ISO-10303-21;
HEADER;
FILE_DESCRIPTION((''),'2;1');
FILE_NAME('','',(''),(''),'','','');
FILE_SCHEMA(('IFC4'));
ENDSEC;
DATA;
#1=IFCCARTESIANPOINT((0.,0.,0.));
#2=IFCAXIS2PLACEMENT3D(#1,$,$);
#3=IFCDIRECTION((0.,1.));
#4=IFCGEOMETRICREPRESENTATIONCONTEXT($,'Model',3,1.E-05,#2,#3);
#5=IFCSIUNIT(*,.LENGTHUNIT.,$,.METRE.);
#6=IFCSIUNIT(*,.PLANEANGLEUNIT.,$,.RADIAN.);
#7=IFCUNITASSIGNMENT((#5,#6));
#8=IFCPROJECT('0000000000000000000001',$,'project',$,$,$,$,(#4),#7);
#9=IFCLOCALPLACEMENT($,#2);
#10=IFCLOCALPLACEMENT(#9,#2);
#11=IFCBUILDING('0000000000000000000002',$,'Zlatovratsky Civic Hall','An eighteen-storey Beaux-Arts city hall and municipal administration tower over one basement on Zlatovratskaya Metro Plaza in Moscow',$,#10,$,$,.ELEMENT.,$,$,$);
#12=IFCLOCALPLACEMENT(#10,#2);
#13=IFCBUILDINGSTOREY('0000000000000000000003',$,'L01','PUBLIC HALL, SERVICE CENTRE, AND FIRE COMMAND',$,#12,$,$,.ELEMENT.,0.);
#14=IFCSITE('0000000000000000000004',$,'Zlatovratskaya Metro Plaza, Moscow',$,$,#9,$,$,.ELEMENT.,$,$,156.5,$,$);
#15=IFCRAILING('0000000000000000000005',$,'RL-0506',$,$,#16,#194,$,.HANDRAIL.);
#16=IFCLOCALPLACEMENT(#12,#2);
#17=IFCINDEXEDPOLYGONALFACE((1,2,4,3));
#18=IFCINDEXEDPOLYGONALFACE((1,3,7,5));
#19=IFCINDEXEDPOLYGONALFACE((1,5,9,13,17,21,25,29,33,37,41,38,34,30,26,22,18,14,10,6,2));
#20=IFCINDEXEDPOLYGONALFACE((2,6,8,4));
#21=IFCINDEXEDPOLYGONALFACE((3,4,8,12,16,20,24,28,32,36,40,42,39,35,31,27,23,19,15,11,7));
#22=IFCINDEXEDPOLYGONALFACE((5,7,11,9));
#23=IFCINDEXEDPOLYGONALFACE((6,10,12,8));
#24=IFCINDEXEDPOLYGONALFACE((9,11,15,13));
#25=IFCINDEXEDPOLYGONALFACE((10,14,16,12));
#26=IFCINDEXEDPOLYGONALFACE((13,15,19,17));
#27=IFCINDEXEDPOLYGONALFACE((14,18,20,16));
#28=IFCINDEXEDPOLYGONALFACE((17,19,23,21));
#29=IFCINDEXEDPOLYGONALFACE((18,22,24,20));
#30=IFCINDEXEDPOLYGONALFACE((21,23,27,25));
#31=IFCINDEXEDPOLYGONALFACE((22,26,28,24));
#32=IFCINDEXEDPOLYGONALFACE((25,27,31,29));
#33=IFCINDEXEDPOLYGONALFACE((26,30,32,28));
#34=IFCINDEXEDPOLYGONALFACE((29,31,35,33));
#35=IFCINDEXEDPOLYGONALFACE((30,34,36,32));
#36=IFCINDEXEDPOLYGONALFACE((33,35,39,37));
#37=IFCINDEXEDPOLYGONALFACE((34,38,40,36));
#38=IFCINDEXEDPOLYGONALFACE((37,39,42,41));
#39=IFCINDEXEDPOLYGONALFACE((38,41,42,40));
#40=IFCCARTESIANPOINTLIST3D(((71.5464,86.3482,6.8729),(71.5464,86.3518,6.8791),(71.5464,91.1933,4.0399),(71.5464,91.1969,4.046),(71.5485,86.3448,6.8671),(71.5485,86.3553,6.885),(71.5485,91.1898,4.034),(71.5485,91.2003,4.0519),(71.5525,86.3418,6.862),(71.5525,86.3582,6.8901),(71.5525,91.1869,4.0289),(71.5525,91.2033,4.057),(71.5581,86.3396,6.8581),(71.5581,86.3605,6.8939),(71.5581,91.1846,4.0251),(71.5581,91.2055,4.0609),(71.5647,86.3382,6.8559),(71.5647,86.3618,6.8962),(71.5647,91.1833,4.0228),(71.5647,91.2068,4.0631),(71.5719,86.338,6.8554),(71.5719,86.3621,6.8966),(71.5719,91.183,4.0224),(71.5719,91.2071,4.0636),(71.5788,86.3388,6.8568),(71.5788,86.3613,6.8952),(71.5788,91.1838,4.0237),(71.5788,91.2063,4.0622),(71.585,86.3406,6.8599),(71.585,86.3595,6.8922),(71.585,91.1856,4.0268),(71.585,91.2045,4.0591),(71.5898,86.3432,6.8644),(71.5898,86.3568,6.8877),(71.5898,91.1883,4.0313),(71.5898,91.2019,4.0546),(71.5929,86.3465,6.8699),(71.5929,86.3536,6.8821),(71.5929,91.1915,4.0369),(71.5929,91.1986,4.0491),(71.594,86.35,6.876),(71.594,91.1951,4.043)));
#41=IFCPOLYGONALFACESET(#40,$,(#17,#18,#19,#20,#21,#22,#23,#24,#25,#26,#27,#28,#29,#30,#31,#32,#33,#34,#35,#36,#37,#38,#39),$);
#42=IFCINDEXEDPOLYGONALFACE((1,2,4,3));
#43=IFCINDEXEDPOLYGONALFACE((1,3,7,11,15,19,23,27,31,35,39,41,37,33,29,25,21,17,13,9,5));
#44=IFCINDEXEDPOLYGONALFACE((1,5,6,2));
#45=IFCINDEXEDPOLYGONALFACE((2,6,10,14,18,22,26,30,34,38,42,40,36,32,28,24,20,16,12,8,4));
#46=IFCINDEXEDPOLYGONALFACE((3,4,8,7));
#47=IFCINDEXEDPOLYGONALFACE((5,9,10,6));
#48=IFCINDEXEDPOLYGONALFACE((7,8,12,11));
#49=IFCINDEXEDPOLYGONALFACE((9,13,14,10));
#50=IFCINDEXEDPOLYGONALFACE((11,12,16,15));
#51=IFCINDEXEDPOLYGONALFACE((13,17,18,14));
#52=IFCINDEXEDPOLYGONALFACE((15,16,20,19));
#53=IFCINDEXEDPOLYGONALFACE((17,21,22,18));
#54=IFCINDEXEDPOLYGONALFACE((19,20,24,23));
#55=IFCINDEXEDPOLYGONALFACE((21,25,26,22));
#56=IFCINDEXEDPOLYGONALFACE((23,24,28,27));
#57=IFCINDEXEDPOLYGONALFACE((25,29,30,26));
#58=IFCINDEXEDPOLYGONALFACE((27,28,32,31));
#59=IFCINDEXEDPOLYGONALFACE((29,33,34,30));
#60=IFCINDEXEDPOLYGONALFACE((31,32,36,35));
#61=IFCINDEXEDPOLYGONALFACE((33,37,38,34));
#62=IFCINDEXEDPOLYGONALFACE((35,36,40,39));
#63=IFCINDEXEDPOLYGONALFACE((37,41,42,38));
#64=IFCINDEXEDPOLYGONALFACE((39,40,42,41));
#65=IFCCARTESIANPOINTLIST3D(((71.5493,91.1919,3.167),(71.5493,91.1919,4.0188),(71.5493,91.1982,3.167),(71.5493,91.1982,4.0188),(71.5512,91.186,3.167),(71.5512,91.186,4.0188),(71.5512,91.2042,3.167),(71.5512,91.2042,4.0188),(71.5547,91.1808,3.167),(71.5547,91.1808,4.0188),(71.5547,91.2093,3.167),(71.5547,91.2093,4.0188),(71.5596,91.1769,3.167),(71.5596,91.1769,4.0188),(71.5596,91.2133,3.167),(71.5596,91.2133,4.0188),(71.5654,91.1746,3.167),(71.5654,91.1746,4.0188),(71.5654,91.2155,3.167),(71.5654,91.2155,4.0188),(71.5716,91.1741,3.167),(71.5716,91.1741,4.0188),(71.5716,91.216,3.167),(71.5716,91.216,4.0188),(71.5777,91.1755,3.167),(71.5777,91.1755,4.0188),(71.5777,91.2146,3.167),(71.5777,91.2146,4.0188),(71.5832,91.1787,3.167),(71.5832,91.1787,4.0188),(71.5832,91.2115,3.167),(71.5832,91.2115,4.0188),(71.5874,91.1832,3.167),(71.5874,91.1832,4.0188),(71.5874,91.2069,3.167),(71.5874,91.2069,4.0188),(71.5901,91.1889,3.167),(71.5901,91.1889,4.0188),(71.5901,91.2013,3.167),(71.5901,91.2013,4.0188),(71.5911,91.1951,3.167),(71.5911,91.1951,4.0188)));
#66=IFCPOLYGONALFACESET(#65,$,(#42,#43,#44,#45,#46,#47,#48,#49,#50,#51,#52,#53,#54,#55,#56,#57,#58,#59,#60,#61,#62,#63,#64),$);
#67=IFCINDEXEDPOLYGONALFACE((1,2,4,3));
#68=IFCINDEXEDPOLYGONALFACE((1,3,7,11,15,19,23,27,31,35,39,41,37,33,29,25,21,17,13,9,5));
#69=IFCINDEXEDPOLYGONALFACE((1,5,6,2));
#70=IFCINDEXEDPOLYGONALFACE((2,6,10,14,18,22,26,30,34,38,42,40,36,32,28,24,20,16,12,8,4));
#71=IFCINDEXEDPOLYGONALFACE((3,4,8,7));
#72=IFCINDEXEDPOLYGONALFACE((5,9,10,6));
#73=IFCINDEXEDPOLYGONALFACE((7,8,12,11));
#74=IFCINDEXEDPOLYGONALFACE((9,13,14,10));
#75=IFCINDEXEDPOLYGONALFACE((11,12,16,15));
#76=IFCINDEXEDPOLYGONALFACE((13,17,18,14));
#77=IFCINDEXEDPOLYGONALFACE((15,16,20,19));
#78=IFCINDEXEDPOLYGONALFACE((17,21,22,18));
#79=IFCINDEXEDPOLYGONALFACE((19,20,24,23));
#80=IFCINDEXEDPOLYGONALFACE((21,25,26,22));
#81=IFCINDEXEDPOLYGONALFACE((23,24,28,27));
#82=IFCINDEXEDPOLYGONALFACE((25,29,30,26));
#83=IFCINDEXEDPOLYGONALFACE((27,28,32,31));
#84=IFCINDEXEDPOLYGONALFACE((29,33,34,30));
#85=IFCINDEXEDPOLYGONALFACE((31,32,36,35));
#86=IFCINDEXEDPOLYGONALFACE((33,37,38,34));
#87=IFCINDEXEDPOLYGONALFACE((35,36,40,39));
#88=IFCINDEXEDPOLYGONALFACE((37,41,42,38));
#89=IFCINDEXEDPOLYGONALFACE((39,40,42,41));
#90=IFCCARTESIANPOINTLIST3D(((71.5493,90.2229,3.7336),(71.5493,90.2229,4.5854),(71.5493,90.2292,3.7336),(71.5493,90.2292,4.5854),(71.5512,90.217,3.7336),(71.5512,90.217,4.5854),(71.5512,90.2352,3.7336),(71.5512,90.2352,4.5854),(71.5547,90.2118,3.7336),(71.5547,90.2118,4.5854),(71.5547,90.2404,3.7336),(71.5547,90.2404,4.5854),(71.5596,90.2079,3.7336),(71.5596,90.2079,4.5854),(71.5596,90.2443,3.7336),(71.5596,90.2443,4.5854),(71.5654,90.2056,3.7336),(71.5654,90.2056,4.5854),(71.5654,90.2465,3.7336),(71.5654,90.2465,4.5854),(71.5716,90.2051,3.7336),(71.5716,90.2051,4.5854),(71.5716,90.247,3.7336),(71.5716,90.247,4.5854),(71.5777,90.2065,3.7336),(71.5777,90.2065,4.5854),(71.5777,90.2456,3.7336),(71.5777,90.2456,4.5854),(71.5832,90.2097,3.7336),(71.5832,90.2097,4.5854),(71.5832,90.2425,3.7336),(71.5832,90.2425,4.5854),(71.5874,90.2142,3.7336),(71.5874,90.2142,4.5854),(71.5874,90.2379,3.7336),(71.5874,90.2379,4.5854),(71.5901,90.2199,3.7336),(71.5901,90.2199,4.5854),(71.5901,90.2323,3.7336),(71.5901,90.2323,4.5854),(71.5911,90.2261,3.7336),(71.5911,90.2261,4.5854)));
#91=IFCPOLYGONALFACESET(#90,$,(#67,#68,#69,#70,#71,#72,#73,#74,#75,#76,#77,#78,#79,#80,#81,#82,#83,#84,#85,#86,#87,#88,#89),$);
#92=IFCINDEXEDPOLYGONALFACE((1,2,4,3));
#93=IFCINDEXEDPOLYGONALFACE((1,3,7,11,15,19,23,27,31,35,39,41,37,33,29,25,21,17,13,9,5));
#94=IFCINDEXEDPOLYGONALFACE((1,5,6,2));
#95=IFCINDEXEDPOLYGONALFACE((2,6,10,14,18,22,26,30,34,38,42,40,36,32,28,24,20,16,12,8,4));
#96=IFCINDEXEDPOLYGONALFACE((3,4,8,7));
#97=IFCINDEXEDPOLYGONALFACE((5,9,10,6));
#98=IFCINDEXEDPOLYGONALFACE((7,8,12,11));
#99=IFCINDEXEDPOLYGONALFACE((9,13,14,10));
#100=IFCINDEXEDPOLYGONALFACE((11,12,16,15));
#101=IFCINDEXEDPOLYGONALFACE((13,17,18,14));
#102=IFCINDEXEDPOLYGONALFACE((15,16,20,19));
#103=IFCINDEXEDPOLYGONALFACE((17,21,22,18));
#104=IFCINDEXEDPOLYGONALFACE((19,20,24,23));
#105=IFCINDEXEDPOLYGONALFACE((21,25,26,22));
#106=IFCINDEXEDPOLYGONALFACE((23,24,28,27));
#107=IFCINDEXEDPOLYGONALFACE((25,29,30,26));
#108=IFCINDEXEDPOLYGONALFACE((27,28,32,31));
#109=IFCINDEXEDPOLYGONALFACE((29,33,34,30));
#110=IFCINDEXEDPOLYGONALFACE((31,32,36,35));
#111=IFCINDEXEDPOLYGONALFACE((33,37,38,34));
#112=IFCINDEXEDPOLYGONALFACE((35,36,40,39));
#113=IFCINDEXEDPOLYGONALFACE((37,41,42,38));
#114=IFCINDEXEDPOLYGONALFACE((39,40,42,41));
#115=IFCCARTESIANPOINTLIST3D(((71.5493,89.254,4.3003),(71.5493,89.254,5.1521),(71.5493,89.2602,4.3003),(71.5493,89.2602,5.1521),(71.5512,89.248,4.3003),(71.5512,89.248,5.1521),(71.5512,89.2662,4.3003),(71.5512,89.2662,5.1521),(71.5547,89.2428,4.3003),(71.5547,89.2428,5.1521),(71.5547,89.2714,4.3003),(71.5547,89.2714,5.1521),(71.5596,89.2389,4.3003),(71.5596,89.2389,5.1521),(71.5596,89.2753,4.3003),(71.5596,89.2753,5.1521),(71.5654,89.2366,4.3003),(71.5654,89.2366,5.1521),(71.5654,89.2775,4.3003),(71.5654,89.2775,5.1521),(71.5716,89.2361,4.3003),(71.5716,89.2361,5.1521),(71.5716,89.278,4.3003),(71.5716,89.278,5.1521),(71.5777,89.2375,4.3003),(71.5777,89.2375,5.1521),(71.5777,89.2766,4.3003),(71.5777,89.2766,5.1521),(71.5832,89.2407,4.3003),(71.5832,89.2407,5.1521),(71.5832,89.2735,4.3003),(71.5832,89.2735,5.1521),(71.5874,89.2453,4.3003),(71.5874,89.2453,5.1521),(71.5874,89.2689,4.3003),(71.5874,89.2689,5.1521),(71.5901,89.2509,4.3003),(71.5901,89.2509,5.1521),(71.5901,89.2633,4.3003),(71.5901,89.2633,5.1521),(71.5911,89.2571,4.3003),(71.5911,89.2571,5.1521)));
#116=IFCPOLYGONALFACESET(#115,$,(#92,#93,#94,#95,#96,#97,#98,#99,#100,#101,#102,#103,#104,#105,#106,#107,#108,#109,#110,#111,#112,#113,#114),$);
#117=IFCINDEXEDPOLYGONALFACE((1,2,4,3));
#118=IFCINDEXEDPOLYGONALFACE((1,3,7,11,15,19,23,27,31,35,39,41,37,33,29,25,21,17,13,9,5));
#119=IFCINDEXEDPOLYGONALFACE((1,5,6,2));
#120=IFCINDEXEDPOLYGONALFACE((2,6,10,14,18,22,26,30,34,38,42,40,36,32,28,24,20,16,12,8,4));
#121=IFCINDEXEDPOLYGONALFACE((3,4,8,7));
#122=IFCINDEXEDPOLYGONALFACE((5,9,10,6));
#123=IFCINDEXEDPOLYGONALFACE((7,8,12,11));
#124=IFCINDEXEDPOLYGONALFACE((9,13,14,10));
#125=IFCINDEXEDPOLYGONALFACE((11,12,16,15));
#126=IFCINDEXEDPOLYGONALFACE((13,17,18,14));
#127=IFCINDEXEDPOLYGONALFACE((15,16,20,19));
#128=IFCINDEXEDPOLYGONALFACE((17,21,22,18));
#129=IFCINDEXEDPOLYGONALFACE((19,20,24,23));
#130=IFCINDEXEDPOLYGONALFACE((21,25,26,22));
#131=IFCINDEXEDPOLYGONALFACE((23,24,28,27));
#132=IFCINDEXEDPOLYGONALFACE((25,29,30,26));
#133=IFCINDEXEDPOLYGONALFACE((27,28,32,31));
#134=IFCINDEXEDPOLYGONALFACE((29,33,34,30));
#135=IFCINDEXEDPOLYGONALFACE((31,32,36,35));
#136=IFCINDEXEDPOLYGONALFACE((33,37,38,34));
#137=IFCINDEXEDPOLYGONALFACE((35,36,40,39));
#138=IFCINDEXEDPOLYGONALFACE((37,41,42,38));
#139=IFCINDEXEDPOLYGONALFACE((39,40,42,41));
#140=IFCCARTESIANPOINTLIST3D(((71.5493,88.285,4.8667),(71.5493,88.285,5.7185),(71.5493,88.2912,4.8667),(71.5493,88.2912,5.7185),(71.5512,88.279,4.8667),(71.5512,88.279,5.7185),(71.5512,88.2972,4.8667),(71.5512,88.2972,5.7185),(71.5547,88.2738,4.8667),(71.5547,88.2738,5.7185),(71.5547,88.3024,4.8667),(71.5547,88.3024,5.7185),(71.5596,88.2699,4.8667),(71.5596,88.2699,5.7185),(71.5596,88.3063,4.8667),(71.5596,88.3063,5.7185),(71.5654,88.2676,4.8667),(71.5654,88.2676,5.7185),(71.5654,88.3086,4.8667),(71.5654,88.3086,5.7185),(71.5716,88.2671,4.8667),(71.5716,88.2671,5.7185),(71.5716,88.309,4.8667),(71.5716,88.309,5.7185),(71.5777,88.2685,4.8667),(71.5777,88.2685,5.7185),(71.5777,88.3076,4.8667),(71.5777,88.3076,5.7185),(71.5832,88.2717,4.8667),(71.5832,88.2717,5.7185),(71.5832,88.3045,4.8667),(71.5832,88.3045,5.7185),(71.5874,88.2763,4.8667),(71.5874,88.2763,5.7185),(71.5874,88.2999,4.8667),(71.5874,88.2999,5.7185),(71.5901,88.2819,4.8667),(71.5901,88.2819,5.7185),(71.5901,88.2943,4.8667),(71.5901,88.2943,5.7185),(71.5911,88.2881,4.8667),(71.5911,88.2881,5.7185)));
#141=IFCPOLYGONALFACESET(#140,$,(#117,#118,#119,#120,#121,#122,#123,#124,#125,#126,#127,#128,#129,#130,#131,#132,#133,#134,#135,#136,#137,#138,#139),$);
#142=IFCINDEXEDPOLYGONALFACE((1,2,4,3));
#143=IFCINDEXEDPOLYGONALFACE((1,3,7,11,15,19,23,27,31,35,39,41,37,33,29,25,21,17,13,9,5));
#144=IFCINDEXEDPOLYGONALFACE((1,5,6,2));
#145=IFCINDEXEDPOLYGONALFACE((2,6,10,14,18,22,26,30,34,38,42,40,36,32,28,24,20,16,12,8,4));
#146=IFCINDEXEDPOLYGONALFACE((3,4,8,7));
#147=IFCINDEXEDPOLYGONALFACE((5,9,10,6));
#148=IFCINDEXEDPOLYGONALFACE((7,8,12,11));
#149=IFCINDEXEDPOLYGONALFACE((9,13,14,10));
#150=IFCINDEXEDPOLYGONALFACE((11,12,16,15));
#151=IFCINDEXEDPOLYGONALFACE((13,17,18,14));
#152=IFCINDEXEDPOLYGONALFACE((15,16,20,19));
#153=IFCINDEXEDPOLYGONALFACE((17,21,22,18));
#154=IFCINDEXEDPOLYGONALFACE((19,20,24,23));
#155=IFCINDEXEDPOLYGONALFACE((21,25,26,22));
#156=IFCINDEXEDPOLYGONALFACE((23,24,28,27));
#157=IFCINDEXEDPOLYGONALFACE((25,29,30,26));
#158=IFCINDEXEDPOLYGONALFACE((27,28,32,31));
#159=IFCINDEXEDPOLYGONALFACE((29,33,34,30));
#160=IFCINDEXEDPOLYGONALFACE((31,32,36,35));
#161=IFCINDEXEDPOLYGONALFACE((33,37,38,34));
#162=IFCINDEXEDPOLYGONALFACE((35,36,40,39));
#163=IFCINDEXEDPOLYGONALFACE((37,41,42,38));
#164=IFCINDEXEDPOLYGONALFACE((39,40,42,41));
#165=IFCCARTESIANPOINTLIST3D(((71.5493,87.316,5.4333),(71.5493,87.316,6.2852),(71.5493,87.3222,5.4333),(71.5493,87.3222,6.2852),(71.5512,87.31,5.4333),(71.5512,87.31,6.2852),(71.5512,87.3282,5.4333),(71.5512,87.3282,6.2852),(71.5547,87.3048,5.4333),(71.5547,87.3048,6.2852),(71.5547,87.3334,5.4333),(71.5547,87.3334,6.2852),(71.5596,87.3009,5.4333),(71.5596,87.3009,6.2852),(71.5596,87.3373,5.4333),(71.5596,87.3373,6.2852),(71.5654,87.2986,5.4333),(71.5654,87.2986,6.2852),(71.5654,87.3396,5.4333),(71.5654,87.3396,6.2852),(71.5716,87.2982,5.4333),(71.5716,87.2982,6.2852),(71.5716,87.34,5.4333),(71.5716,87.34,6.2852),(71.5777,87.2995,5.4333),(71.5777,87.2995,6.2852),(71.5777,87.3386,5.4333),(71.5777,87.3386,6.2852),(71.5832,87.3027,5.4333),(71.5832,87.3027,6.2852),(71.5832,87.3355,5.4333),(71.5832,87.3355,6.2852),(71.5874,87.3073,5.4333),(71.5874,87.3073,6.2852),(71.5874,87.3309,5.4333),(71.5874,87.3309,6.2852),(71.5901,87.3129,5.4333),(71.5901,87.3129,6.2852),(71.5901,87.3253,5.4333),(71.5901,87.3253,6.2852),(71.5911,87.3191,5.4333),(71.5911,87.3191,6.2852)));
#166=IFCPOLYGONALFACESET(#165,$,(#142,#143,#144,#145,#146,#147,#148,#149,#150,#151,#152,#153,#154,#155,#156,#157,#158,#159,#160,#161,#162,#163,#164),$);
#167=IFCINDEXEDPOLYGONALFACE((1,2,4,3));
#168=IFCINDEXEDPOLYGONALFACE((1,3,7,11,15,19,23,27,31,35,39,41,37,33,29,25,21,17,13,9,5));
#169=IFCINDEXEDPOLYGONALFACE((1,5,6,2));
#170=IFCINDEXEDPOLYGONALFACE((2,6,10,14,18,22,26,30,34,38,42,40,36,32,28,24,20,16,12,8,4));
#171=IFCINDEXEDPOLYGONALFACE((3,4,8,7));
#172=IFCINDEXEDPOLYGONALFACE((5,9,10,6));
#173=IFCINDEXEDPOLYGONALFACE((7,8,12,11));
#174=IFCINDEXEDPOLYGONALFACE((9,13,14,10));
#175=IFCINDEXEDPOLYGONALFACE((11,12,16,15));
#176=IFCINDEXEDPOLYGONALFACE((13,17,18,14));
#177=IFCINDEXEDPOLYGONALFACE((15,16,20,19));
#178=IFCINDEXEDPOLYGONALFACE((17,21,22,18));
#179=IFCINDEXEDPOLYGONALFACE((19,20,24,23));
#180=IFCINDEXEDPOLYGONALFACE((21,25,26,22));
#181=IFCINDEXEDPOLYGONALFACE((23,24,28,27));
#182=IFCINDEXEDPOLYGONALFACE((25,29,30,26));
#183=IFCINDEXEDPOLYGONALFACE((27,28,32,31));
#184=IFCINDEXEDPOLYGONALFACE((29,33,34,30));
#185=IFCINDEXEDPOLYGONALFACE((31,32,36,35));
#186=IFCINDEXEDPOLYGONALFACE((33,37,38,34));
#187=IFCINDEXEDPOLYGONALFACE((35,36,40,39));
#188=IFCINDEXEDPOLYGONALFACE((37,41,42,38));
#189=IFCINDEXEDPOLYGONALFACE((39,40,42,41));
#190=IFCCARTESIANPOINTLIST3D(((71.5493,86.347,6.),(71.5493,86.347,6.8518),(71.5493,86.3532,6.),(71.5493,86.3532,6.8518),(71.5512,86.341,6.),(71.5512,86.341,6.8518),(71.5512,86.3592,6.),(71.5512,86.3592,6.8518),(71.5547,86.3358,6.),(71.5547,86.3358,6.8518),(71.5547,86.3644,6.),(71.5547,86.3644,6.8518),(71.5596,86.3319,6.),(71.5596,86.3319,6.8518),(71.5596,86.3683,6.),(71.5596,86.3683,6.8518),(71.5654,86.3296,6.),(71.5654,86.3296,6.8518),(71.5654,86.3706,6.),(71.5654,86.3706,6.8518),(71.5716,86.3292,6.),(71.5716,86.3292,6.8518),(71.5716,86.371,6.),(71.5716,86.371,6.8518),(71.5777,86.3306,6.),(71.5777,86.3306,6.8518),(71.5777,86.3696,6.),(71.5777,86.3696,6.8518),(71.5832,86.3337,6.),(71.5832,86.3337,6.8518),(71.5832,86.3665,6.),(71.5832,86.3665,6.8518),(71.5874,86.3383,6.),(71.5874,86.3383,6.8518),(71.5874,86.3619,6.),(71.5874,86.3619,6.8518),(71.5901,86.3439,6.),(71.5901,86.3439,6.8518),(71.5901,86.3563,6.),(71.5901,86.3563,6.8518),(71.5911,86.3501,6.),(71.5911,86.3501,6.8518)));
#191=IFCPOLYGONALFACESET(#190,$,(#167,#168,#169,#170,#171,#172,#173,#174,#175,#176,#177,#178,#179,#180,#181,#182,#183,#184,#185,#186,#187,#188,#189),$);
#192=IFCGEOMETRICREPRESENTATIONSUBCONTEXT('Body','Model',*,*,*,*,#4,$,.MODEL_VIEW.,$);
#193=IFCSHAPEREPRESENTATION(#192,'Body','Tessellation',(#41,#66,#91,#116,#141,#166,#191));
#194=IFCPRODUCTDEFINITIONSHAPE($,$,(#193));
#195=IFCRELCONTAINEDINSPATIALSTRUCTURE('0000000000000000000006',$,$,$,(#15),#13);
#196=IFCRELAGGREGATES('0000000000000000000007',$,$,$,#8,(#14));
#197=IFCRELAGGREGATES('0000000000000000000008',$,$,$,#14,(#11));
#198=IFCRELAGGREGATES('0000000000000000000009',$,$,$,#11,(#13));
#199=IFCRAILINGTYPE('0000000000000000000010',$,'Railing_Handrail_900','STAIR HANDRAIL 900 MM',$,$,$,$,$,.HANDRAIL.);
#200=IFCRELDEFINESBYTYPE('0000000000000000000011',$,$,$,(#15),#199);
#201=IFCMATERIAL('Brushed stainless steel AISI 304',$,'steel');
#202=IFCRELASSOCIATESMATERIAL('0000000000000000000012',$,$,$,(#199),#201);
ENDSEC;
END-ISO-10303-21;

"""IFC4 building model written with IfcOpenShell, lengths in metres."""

from ifc_helpers import new_model, si_unit, direction, frame, origin, origin_2d, place, context, subcontext, project, spatial, circle, extrude, material, type_object, element, save


model = new_model("IFC4")

# Units and contexts
model_context = context("Model", 3, precision=1e-05, world=origin(), true_north=direction((0.0, 1.0)))
body_context = subcontext(model_context, "Body", "Model", "MODEL_VIEW")
ifc_project = project(units=[si_unit("LENGTHUNIT", "METRE"), si_unit("PLANEANGLEUNIT", "RADIAN")], contexts=[model_context])

# Site, building, storey
site_placement = place(None, origin())
site = spatial("IfcSite", under=ifc_project, at=site_placement, Name="Zlatovratskaya Metro Plaza, Moscow", CompositionType="ELEMENT", RefElevation=156.5)
building_placement = place(site_placement, origin())
building = spatial("IfcBuilding", under=site, at=building_placement, Name="Zlatovratsky Civic Hall", Description="An eighteen-storey Beaux-Arts city hall and municipal administration tower over one basement on Zlatovratskaya Metro Plaza in Moscow", CompositionType="ELEMENT")
storey_placement = place(building_placement, origin())
storey = spatial("IfcBuildingStorey", under=building, at=storey_placement, Name="L01", Description="PUBLIC HALL, SERVICE CENTRE, AND FIRE COMMAND", CompositionType="ELEMENT", Elevation=0.0)

# Shared definitions
ifc_material_1 = material(Name="Brushed stainless steel AISI 304", Category="steel")

# Railing
railing_type = type_object("IfcRailingType", Name="Railing_Handrail_900", Description="STAIR HANDRAIL 900 MM", PredefinedType="HANDRAIL", material=ifc_material_1)
railing_placement = place(storey_placement, frame((71.5701, 91.1951, 3.167)))
element("IfcRailing", 1, at=railing_placement, inside=storey, type_object=railing_type, Name="RL-0506", PredefinedType="HANDRAIL", context=body_context, shape_type="SweptSolid", body=[
    extrude(circle(Radius=0.0239, at=origin_2d()), frame((0.0, 0.0, 0.876), z_axis=(0.0, -0.863253, 0.504771), x_axis=(1.0, 0.0, 0.0)), (0.0, 0.0, 1.0), 5.6125),
    extrude(circle(Radius=0.021, at=origin_2d()), origin(), (0.0, 0.0, 1.0), 0.8518),
    extrude(circle(Radius=0.021, at=origin_2d()), frame((0.0, -0.969, 0.5667)), (0.0, 0.0, 1.0), 0.8518),
    extrude(circle(Radius=0.021, at=origin_2d()), frame((0.0, -1.938, 1.1333)), (0.0, 0.0, 1.0), 0.8518),
    extrude(circle(Radius=0.021, at=origin_2d()), frame((0.0, -2.907, 1.6997)), (0.0, 0.0, 1.0), 0.8518),
    extrude(circle(Radius=0.021, at=origin_2d()), frame((0.0, -3.876, 2.2664)), (0.0, 0.0, 1.0), 0.8518),
    extrude(circle(Radius=0.021, at=origin_2d()), frame((0.0, -4.845, 2.833)), (0.0, 0.0, 1.0), 0.8518),
])

save(model, "model.ifc")
